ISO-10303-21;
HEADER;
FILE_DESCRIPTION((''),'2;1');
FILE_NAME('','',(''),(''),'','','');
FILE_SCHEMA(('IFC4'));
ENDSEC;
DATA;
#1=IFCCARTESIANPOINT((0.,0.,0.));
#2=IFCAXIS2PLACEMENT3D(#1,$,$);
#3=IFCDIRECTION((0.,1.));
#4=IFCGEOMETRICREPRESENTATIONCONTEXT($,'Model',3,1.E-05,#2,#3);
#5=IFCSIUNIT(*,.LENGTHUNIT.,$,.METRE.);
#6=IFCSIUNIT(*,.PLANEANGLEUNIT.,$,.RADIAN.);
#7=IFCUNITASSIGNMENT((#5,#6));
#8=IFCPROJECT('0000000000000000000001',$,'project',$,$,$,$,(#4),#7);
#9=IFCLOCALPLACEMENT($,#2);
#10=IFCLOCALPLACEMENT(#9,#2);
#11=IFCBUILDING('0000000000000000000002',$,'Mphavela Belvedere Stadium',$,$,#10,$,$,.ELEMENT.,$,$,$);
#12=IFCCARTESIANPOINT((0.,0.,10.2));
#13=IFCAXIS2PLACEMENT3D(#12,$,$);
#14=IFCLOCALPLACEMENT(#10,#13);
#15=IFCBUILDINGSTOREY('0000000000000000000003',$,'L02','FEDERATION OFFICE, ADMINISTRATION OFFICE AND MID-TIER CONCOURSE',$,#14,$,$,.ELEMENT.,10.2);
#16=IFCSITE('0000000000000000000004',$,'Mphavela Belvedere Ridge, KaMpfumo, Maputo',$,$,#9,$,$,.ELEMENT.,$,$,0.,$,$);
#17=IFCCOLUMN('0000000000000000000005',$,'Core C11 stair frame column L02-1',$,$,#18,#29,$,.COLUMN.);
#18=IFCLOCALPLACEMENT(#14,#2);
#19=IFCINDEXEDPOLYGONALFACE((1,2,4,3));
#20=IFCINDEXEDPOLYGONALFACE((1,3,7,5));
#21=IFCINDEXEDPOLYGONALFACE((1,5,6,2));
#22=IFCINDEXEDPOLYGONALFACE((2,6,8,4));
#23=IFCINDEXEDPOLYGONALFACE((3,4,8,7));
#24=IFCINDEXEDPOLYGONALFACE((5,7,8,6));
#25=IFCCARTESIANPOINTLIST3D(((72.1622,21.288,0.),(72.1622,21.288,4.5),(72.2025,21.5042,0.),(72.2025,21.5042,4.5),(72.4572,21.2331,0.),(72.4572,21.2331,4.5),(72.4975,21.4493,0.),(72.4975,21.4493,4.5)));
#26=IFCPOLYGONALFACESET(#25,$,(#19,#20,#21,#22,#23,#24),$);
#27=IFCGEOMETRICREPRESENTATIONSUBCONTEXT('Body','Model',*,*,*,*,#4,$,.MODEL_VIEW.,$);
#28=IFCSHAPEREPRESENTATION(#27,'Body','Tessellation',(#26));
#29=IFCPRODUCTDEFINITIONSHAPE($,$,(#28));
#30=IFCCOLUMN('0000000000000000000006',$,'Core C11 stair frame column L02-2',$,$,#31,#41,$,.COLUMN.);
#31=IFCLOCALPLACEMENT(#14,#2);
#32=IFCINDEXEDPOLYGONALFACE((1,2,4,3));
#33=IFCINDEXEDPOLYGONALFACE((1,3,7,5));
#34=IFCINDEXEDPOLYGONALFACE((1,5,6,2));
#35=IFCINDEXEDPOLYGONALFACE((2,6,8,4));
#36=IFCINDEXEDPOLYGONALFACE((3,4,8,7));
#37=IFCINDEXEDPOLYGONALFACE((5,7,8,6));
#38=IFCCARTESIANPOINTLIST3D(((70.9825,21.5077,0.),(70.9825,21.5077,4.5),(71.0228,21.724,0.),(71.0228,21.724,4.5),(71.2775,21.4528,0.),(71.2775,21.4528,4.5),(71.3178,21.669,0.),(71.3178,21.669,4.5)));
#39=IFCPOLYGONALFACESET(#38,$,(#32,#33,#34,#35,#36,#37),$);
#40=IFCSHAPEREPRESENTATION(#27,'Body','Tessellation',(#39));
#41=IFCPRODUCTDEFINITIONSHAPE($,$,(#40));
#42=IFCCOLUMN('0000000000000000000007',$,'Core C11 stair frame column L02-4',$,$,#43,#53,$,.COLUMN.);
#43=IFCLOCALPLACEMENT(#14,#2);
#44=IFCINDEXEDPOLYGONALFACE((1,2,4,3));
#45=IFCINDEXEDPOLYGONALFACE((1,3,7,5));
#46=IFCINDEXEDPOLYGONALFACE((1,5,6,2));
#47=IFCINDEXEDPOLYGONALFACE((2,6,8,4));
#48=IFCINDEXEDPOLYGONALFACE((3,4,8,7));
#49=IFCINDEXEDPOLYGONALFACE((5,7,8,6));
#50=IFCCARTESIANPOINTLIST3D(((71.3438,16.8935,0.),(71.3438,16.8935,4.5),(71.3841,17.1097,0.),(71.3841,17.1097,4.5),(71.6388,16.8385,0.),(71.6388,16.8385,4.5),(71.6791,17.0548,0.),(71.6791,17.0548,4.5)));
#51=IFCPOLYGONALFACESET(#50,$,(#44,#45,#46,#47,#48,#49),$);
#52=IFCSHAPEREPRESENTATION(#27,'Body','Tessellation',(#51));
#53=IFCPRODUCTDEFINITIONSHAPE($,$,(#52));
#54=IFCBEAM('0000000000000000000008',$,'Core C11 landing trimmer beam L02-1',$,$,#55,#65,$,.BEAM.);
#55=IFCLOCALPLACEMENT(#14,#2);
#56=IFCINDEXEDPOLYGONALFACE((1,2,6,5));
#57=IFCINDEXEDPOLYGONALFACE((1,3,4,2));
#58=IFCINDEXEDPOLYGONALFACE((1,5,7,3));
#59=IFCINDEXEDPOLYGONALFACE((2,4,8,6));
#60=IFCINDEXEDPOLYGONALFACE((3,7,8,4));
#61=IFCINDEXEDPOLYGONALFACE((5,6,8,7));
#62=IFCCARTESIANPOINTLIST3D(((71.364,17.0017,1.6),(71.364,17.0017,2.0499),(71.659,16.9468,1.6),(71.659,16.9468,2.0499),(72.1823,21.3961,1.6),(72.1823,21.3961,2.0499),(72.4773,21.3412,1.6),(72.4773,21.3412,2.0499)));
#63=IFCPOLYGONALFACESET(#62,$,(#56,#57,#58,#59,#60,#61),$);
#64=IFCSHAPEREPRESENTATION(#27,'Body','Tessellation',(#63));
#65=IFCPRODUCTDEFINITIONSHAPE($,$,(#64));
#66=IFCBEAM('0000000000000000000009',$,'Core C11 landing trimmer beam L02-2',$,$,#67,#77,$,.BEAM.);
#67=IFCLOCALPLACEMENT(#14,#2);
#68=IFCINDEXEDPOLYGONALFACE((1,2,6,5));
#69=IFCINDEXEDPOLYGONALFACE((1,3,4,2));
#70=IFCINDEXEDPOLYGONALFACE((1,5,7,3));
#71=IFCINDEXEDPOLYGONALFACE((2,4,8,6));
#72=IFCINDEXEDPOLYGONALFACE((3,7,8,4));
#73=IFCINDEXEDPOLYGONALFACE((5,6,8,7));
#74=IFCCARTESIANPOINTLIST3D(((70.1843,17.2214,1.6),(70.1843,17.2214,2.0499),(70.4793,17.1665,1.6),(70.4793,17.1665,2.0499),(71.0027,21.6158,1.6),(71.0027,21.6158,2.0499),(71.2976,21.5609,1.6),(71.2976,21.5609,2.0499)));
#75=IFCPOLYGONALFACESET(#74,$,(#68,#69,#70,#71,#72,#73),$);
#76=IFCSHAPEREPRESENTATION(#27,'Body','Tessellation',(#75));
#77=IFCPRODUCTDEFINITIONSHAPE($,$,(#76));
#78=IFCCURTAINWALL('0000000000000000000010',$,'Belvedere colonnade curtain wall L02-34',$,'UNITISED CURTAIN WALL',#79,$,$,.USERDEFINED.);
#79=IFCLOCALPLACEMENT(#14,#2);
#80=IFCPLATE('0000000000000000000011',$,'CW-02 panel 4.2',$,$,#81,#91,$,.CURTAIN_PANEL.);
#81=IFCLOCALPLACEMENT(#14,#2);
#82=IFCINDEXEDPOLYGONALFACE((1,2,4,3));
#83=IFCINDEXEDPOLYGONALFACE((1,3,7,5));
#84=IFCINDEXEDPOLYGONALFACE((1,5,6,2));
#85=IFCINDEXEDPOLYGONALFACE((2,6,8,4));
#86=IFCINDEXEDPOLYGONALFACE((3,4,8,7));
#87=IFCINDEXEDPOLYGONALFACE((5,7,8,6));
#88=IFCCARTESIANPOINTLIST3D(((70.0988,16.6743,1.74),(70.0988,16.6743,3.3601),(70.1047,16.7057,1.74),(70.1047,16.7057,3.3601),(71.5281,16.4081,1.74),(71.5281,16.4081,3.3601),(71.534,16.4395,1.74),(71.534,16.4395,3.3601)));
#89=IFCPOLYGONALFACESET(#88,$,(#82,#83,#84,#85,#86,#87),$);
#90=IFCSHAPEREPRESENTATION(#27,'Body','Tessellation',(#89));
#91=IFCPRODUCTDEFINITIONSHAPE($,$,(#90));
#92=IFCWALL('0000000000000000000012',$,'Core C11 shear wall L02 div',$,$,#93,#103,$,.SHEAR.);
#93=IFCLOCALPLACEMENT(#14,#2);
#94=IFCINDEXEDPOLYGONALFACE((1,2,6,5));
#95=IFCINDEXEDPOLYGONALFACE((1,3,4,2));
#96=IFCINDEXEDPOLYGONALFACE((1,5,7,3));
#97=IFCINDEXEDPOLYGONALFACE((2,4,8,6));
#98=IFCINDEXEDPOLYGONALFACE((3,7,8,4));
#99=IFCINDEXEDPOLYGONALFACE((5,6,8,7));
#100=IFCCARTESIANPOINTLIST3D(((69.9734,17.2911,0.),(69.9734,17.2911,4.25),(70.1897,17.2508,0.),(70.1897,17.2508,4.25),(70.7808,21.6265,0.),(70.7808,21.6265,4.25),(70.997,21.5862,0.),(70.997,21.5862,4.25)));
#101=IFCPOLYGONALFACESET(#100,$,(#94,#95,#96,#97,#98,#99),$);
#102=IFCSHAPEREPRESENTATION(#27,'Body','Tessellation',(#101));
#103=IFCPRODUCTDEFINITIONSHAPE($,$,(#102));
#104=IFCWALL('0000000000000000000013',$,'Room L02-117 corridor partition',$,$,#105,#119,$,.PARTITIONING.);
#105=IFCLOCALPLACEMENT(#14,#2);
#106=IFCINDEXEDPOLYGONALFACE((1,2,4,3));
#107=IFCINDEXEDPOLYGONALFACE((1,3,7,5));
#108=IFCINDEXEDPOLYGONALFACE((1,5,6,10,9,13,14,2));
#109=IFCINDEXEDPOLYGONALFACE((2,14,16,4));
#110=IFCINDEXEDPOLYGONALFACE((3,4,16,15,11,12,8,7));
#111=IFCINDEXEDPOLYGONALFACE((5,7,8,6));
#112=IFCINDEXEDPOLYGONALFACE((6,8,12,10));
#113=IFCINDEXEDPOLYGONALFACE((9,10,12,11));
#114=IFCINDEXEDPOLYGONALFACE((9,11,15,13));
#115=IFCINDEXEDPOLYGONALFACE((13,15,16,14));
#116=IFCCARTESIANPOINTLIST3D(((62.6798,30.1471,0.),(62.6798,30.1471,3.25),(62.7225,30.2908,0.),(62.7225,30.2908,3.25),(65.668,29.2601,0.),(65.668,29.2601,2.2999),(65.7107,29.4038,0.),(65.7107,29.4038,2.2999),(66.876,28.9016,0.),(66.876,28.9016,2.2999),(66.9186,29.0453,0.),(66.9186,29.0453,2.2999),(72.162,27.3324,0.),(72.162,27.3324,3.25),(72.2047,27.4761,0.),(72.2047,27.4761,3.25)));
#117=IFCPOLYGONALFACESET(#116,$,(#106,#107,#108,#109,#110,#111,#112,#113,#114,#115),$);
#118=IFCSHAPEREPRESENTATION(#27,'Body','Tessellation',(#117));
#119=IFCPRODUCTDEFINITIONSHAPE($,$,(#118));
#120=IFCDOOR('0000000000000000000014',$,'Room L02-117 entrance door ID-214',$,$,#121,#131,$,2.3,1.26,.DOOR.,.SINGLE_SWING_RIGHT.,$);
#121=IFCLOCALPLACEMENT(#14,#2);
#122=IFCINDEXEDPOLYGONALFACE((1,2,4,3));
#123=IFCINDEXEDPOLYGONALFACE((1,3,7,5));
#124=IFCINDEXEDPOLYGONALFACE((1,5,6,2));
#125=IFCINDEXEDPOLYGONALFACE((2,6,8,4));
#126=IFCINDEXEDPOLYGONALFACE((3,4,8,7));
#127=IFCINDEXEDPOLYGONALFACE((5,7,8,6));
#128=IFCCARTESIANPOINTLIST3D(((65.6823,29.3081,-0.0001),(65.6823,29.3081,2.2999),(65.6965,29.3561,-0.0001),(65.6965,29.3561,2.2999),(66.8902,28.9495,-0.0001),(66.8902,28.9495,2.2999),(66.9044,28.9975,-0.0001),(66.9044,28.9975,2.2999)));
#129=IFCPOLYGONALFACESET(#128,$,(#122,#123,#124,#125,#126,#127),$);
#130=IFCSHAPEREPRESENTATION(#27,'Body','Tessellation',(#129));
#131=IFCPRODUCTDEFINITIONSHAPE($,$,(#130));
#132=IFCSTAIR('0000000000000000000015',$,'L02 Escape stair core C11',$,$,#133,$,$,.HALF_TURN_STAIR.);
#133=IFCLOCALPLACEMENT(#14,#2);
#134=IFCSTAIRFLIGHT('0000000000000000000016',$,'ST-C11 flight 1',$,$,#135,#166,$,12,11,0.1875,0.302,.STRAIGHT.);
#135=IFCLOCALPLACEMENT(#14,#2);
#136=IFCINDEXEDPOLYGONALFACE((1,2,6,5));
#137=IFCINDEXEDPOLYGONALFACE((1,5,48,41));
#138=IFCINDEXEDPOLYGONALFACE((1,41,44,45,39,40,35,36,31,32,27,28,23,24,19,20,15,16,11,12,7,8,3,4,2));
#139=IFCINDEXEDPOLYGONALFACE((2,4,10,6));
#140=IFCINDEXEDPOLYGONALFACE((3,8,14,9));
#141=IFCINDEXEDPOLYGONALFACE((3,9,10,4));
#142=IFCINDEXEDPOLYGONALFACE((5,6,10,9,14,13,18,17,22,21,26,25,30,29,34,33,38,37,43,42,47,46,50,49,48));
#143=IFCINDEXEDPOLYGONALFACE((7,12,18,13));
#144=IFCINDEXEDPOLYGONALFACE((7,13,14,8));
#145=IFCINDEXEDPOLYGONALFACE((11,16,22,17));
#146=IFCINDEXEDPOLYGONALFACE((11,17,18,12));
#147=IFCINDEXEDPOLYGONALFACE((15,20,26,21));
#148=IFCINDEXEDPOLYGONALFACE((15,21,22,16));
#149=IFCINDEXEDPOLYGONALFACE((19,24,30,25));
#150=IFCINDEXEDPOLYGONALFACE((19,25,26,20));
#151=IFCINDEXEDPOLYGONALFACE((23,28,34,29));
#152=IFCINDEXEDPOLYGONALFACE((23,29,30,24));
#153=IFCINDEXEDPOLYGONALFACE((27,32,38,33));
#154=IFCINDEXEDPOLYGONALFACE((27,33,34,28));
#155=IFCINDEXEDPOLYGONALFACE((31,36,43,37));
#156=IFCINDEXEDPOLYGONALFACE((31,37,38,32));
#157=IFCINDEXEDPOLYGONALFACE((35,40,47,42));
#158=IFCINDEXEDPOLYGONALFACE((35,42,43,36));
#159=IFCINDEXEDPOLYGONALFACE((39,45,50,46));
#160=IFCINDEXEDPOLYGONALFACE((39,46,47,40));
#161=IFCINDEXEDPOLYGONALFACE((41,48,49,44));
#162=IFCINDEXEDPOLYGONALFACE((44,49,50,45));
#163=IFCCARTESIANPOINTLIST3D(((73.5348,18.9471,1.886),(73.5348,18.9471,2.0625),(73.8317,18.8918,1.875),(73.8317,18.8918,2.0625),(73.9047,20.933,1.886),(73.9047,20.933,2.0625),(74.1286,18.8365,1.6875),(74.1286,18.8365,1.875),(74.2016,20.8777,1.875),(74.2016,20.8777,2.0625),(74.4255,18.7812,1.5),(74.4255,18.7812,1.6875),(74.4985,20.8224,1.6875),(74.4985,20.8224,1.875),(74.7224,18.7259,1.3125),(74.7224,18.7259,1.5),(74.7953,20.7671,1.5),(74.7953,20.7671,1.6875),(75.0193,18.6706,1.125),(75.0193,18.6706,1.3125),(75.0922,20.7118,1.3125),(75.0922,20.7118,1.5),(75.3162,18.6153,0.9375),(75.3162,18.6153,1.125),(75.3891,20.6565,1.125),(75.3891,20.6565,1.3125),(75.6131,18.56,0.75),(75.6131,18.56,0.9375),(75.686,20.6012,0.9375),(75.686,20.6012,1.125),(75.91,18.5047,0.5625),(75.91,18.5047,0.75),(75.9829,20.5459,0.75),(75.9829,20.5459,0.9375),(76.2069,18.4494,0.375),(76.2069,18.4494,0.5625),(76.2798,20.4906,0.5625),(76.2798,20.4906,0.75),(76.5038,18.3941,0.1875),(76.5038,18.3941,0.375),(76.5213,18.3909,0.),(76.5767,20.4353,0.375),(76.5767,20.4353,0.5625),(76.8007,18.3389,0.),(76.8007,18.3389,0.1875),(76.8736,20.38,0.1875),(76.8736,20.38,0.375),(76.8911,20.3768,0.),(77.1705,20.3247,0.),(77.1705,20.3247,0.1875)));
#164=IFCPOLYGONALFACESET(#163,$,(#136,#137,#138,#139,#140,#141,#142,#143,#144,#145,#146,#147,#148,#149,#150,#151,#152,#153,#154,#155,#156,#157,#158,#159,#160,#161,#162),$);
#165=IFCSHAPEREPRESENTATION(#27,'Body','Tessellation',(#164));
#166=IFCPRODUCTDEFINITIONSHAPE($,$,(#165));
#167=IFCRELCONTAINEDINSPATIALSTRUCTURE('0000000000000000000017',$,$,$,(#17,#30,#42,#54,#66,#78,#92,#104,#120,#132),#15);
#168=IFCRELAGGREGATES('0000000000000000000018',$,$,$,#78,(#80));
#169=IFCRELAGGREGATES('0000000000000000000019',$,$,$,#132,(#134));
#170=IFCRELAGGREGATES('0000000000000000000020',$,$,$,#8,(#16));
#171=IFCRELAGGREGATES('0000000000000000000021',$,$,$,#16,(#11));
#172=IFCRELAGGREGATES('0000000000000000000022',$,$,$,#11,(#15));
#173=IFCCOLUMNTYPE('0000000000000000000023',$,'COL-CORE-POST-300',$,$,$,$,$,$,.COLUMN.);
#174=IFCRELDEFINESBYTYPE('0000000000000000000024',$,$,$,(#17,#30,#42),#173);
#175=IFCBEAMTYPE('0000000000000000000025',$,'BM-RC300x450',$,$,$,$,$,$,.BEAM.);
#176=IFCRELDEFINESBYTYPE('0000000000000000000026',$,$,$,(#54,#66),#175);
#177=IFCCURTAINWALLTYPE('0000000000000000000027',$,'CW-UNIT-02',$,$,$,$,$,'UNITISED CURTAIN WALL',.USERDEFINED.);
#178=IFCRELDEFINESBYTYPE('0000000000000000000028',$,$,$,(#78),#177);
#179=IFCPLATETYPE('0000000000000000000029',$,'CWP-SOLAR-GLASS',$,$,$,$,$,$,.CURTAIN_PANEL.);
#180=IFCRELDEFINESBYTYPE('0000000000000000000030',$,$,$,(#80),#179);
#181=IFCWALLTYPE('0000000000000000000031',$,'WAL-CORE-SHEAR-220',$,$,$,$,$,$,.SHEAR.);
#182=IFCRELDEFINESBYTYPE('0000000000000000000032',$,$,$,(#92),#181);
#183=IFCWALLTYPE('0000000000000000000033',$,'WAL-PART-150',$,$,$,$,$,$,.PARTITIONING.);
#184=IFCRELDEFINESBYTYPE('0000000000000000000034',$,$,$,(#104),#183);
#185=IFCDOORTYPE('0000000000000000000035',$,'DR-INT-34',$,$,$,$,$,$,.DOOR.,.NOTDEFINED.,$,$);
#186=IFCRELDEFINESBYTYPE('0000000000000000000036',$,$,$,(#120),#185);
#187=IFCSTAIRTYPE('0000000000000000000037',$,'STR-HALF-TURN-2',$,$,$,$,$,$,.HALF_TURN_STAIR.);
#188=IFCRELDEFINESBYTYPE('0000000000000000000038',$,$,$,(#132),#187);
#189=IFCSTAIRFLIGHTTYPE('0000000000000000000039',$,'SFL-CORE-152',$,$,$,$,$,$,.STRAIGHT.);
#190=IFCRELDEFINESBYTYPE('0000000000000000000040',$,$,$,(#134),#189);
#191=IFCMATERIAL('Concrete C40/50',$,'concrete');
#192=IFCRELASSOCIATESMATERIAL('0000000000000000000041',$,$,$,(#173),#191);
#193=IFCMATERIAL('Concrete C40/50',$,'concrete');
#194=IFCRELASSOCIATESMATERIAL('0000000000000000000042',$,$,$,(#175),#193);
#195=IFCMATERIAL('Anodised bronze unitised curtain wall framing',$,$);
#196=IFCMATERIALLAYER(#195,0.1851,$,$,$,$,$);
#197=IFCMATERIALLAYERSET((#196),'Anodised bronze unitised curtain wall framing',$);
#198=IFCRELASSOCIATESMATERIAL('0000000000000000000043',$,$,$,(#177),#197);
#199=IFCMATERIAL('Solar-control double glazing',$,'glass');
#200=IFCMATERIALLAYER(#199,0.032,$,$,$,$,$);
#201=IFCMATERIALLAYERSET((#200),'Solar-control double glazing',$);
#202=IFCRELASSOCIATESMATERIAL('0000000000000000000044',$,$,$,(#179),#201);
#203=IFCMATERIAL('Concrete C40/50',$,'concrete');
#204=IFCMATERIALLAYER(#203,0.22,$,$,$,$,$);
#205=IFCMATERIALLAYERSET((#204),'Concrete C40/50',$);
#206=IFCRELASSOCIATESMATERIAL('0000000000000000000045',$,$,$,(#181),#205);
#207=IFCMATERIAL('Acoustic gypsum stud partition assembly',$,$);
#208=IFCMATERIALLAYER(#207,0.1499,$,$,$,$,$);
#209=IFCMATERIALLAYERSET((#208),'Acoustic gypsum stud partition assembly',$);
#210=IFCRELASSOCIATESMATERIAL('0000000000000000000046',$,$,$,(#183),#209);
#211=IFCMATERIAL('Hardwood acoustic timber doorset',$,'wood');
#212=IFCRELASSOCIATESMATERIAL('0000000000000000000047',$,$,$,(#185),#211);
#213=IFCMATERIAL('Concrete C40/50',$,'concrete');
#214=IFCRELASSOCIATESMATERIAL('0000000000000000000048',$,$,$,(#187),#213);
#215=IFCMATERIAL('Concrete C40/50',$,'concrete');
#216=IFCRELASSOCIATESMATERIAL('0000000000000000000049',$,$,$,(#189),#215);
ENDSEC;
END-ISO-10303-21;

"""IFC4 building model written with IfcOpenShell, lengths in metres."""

from ifc_helpers import new_model, si_unit, direction, frame, frame_2d, origin, origin_2d, place, context, subcontext, project, spatial, polyline, rectangle, outline, extrude, material, layer, layer_set, material_profile, profile_set, type_object, element, fill, aggregate, save


model = new_model("IFC4")

# Units and contexts
model_context = context("Model", 3, precision=1e-05, world=origin(), true_north=direction((0.0, 1.0)))
body_context = subcontext(model_context, "Body", "Model", "MODEL_VIEW")
ifc_project = project(units=[si_unit("LENGTHUNIT", "METRE"), si_unit("PLANEANGLEUNIT", "RADIAN")], contexts=[model_context])

# Site, building, storey
site_placement = place(None, origin())
site = spatial("IfcSite", under=ifc_project, at=site_placement, Name="Mphavela Belvedere Ridge, KaMpfumo, Maputo", CompositionType="ELEMENT", RefElevation=0.0)
building_placement = place(site_placement, origin())
building = spatial("IfcBuilding", under=site, at=building_placement, Name="Mphavela Belvedere Stadium", CompositionType="ELEMENT")
storey_placement = place(building_placement, frame((0.0, 0.0, 10.2)))
storey = spatial("IfcBuildingStorey", under=building, at=storey_placement, Name="L02", Description="FEDERATION OFFICE, ADMINISTRATION OFFICE AND MID-TIER CONCOURSE", CompositionType="ELEMENT", Elevation=10.2)

# Columns
ifc_material_1 = material(Name="Concrete C40/50", Category="concrete")
ifc_material_profile_1 = material_profile(ifc_material_1, rectangle(XDim=0.3, YDim=0.22, at=origin_2d()), Name="RC 300x220")
ifc_profile_set_1 = profile_set([ifc_material_profile_1], Name="Concrete C40/50")
column_type = type_object("IfcColumnType", Name="COL-CORE-POST-300", PredefinedType="COLUMN", material=ifc_profile_set_1)
for number, where, z_axis, x_axis, name in (
    (1, (72.3298, 21.3687, 0.0), (0.0, 0.0, 1.0), (-0.983096, 0.183094, 0.0), "Core C11 stair frame column L02-1"),
    (2, (71.1501, 21.5884, 0.0), (0.0, 0.0, 1.0), (-0.983096, 0.183094, 0.0), "Core C11 stair frame column L02-2"),
    (3, (71.5115, 16.9741, 0.0), (0.0, 0.0, 1.0), (-0.983096, 0.183094, 0.0), "Core C11 stair frame column L02-4"),
):
    element("IfcColumn", number, at=place(storey_placement, frame(where, z_axis=z_axis, x_axis=x_axis)), inside=storey, type_object=column_type, Name=name, PredefinedType="COLUMN", context=body_context, shape_type="SweptSolid", body=[
        extrude(rectangle(XDim=0.3, YDim=0.22, at=origin_2d()), origin(), (0.0, 0.0, 1.0), 4.5),
    ])

# Beams
ifc_material_2 = material(Name="Concrete C40/50", Category="concrete")
ifc_material_profile_2 = material_profile(ifc_material_2, rectangle(XDim=0.3, YDim=0.45, at=origin_2d()), Name="RC 300x450")
ifc_profile_set_2 = profile_set([ifc_material_profile_2], Name="Concrete C40/50")
beam_type = type_object("IfcBeamType", Name="BM-RC300x450", PredefinedType="BEAM", material=ifc_profile_set_2)
for number, where, z_axis, x_axis, name in (
    (4, (72.3298, 21.3687, 1.825), (-0.183075, -0.983099, 0.0), (0.983099, -0.183075, 0.0), "Core C11 landing trimmer beam L02-1"),
    (5, (71.1501, 21.5884, 1.825), (-0.183075, -0.983099, 0.0), (0.983099, -0.183075, 0.0), "Core C11 landing trimmer beam L02-2"),
):
    element("IfcBeam", number, at=place(storey_placement, frame(where, z_axis=z_axis, x_axis=x_axis)), inside=storey, type_object=beam_type, Name=name, PredefinedType="BEAM", context=body_context, shape_type="SweptSolid", body=[
        extrude(rectangle(XDim=0.3, YDim=0.45, at=origin_2d()), origin(), (0.0, 0.0, 1.0), 4.47),
    ])

# Curtain wall, plate
ifc_material_3 = material(Name="Anodised bronze unitised curtain wall framing")
ifc_layer_1 = layer(ifc_material_3, 0.1851)
ifc_layer_set_1 = layer_set([ifc_layer_1], Name="Anodised bronze unitised curtain wall framing")
curtain_wall_type = type_object("IfcCurtainWallType", Name="CW-UNIT-02", ElementType="UNITISED CURTAIN WALL", PredefinedType="USERDEFINED", material=ifc_layer_set_1)
curtain_wall_placement = place(storey_placement, origin())
curtain_wall = element("IfcCurtainWall", 6, at=curtain_wall_placement, inside=storey, type_object=curtain_wall_type, Name="Belvedere colonnade curtain wall L02-34", ObjectType="UNITISED CURTAIN WALL", PredefinedType="USERDEFINED")
ifc_material_4 = material(Name="Solar-control double glazing", Category="glass")
ifc_layer_2 = layer(ifc_material_4, 0.032)
ifc_layer_set_2 = layer_set([ifc_layer_2], Name="Solar-control double glazing")
plate_type = type_object("IfcPlateType", Name="CWP-SOLAR-GLASS", PredefinedType="CURTAIN_PANEL", material=ifc_layer_set_2)
plate_placement = place(storey_placement, frame((70.8164, 16.5569, 1.74), z_axis=(0.0, 0.0, 1.0), x_axis=(0.983097, -0.183085, 0.0)))
plate = element("IfcPlate", 7, at=plate_placement, type_object=plate_type, Name="CW-02 panel 4.2", PredefinedType="CURTAIN_PANEL", context=body_context, shape_type="SweptSolid", body=[
    extrude(rectangle(XDim=1.4539, YDim=0.032, at=origin_2d()), origin(), (0.0, 0.0, 1.0), 1.6201),
])
aggregate(curtain_wall, [plate])

# Wall
ifc_material_5 = material(Name="Concrete C40/50", Category="concrete")
ifc_layer_3 = layer(ifc_material_5, 0.22)
ifc_layer_set_3 = layer_set([ifc_layer_3], Name="Concrete C40/50")
wall_type_1 = type_object("IfcWallType", Name="WAL-CORE-SHEAR-220", PredefinedType="SHEAR", material=ifc_layer_set_3)
wall_1_placement = place(storey_placement, frame((70.8889, 21.6064, 0.0), z_axis=(0.0, 0.0, 1.0), x_axis=(-0.183078, -0.983098, 0.0)))
element("IfcWall", 8, at=wall_1_placement, inside=storey, type_object=wall_type_1, Name="Core C11 shear wall L02 div", PredefinedType="SHEAR", context=body_context, shape_type="SweptSolid", body=[
    extrude(rectangle(XDim=4.4099, YDim=0.22, at=frame_2d((2.2051, 0.0))), origin(), (0.0, 0.0, 1.0), 4.25),
])

# Wall, opening, door
ifc_material_6 = material(Name="Acoustic gypsum stud partition assembly")
ifc_layer_4 = layer(ifc_material_6, 0.1499)
ifc_layer_set_4 = layer_set([ifc_layer_4], Name="Acoustic gypsum stud partition assembly")
wall_type_2 = type_object("IfcWallType", Name="WAL-PART-150", PredefinedType="PARTITIONING", material=ifc_layer_set_4)
wall_2_placement = place(storey_placement, frame((72.1833, 27.4043, 0.0), z_axis=(0.0, 0.0, 1.0), x_axis=(-0.958656, 0.284568, 0.0)))
wall_2 = element("IfcWall", 9, at=wall_2_placement, inside=storey, type_object=wall_type_2, Name="Room L02-117 corridor partition", PredefinedType="PARTITIONING", context=body_context, shape_type="SweptSolid", body=[
    extrude(rectangle(XDim=9.8911, YDim=0.1499, at=frame_2d((4.9456, 0.0))), origin(), (0.0, 0.0, 1.0), 3.25),
])
opening_placement = place(wall_2_placement, frame((5.5142, 0.0, 0.0)))
opening = element("IfcOpeningElement", 10, at=opening_placement, cuts=wall_2, PredefinedType="OPENING", context=body_context, shape_type="SweptSolid", body=[
    extrude(rectangle(XDim=1.26, YDim=2.3, at=frame_2d((0.6299, 1.1499))), frame((0.0, 0.085, 0.0), z_axis=(0.0, -1.0, 0.0), x_axis=(1.0, 0.0, 0.0)), (0.0, 0.0, 1.0), 0.1699),
])
ifc_material_7 = material(Name="Hardwood acoustic timber doorset", Category="wood")
door_type = type_object("IfcDoorType", Name="DR-INT-34", OperationType="NOTDEFINED", PredefinedType="DOOR", material=ifc_material_7)
door_placement = place(opening_placement, origin())
door = element("IfcDoor", 11, at=door_placement, inside=storey, type_object=door_type, Name="Room L02-117 entrance door ID-214", OperationType="SINGLE_SWING_RIGHT", OverallHeight=2.3, OverallWidth=1.26, PredefinedType="DOOR", context=body_context, shape_type="SweptSolid", body=[
    extrude(rectangle(XDim=1.26, YDim=2.3, at=frame_2d((0.6299, 1.1499))), frame((0.0, 0.0249, 0.0), z_axis=(0.0, -1.0, 0.0), x_axis=(1.0, 0.0, 0.0)), (0.0, 0.0, 1.0), 0.05),
])
fill(opening, door)

# Stair, stair flight
ifc_material_8 = material(Name="Concrete C40/50", Category="concrete")
stair_type = type_object("IfcStairType", Name="STR-HALF-TURN-2", PredefinedType="HALF_TURN_STAIR", material=ifc_material_8)
stair_placement = place(storey_placement, origin())
stair = element("IfcStair", 12, at=stair_placement, inside=storey, type_object=stair_type, Name="L02 Escape stair core C11", PredefinedType="HALF_TURN_STAIR")
ifc_material_9 = material(Name="Concrete C40/50", Category="concrete")
stair_flight_type = type_object("IfcStairFlightType", Name="SFL-CORE-152", PredefinedType="STRAIGHT", material=ifc_material_9)
stair_flight_1_placement = place(storey_placement, frame((76.9856, 19.3318, 0.0), z_axis=(0.0, 0.0, 1.0), x_axis=(-0.983096, 0.183094, 0.0)))
stair_flight_1 = element("IfcStairFlight", 13, at=stair_flight_1_placement, type_object=stair_flight_type, Name="ST-C11 flight 1", NumberOfRisers=12, NumberOfTreads=11, PredefinedType="STRAIGHT", RiserHeight=0.1875, TreadLength=0.302, context=body_context, shape_type="SweptSolid", body=[
    extrude(outline(polyline([(0.0, 0.0), (0.0, 0.1875), (0.302, 0.1875), (0.302, 0.375), (0.604, 0.375), (0.604, 0.5625), (0.906, 0.5625), (0.906, 0.75), (1.208, 0.75), (1.208, 0.9375), (1.51, 0.9375), (1.51, 1.125), (1.812, 1.125), (1.812, 1.3125), (2.114, 1.3125), (2.114, 1.5), (2.416, 1.5), (2.416, 1.6875), (2.718, 1.6875), (2.718, 1.875), (3.02, 1.875), (3.02, 2.0625), (3.322, 2.0625), (3.322, 2.25), (3.322, 1.886), (0.2842, 0.0), (0.0, 0.0)])), frame((0.0, 1.01, 0.0), z_axis=(0.0, -1.0, 0.0), x_axis=(1.0, 0.0, 0.0)), (0.0, 0.0, 1.0), 2.02),
])
aggregate(stair, [stair_flight_1])

save(model, "model.ifc")
